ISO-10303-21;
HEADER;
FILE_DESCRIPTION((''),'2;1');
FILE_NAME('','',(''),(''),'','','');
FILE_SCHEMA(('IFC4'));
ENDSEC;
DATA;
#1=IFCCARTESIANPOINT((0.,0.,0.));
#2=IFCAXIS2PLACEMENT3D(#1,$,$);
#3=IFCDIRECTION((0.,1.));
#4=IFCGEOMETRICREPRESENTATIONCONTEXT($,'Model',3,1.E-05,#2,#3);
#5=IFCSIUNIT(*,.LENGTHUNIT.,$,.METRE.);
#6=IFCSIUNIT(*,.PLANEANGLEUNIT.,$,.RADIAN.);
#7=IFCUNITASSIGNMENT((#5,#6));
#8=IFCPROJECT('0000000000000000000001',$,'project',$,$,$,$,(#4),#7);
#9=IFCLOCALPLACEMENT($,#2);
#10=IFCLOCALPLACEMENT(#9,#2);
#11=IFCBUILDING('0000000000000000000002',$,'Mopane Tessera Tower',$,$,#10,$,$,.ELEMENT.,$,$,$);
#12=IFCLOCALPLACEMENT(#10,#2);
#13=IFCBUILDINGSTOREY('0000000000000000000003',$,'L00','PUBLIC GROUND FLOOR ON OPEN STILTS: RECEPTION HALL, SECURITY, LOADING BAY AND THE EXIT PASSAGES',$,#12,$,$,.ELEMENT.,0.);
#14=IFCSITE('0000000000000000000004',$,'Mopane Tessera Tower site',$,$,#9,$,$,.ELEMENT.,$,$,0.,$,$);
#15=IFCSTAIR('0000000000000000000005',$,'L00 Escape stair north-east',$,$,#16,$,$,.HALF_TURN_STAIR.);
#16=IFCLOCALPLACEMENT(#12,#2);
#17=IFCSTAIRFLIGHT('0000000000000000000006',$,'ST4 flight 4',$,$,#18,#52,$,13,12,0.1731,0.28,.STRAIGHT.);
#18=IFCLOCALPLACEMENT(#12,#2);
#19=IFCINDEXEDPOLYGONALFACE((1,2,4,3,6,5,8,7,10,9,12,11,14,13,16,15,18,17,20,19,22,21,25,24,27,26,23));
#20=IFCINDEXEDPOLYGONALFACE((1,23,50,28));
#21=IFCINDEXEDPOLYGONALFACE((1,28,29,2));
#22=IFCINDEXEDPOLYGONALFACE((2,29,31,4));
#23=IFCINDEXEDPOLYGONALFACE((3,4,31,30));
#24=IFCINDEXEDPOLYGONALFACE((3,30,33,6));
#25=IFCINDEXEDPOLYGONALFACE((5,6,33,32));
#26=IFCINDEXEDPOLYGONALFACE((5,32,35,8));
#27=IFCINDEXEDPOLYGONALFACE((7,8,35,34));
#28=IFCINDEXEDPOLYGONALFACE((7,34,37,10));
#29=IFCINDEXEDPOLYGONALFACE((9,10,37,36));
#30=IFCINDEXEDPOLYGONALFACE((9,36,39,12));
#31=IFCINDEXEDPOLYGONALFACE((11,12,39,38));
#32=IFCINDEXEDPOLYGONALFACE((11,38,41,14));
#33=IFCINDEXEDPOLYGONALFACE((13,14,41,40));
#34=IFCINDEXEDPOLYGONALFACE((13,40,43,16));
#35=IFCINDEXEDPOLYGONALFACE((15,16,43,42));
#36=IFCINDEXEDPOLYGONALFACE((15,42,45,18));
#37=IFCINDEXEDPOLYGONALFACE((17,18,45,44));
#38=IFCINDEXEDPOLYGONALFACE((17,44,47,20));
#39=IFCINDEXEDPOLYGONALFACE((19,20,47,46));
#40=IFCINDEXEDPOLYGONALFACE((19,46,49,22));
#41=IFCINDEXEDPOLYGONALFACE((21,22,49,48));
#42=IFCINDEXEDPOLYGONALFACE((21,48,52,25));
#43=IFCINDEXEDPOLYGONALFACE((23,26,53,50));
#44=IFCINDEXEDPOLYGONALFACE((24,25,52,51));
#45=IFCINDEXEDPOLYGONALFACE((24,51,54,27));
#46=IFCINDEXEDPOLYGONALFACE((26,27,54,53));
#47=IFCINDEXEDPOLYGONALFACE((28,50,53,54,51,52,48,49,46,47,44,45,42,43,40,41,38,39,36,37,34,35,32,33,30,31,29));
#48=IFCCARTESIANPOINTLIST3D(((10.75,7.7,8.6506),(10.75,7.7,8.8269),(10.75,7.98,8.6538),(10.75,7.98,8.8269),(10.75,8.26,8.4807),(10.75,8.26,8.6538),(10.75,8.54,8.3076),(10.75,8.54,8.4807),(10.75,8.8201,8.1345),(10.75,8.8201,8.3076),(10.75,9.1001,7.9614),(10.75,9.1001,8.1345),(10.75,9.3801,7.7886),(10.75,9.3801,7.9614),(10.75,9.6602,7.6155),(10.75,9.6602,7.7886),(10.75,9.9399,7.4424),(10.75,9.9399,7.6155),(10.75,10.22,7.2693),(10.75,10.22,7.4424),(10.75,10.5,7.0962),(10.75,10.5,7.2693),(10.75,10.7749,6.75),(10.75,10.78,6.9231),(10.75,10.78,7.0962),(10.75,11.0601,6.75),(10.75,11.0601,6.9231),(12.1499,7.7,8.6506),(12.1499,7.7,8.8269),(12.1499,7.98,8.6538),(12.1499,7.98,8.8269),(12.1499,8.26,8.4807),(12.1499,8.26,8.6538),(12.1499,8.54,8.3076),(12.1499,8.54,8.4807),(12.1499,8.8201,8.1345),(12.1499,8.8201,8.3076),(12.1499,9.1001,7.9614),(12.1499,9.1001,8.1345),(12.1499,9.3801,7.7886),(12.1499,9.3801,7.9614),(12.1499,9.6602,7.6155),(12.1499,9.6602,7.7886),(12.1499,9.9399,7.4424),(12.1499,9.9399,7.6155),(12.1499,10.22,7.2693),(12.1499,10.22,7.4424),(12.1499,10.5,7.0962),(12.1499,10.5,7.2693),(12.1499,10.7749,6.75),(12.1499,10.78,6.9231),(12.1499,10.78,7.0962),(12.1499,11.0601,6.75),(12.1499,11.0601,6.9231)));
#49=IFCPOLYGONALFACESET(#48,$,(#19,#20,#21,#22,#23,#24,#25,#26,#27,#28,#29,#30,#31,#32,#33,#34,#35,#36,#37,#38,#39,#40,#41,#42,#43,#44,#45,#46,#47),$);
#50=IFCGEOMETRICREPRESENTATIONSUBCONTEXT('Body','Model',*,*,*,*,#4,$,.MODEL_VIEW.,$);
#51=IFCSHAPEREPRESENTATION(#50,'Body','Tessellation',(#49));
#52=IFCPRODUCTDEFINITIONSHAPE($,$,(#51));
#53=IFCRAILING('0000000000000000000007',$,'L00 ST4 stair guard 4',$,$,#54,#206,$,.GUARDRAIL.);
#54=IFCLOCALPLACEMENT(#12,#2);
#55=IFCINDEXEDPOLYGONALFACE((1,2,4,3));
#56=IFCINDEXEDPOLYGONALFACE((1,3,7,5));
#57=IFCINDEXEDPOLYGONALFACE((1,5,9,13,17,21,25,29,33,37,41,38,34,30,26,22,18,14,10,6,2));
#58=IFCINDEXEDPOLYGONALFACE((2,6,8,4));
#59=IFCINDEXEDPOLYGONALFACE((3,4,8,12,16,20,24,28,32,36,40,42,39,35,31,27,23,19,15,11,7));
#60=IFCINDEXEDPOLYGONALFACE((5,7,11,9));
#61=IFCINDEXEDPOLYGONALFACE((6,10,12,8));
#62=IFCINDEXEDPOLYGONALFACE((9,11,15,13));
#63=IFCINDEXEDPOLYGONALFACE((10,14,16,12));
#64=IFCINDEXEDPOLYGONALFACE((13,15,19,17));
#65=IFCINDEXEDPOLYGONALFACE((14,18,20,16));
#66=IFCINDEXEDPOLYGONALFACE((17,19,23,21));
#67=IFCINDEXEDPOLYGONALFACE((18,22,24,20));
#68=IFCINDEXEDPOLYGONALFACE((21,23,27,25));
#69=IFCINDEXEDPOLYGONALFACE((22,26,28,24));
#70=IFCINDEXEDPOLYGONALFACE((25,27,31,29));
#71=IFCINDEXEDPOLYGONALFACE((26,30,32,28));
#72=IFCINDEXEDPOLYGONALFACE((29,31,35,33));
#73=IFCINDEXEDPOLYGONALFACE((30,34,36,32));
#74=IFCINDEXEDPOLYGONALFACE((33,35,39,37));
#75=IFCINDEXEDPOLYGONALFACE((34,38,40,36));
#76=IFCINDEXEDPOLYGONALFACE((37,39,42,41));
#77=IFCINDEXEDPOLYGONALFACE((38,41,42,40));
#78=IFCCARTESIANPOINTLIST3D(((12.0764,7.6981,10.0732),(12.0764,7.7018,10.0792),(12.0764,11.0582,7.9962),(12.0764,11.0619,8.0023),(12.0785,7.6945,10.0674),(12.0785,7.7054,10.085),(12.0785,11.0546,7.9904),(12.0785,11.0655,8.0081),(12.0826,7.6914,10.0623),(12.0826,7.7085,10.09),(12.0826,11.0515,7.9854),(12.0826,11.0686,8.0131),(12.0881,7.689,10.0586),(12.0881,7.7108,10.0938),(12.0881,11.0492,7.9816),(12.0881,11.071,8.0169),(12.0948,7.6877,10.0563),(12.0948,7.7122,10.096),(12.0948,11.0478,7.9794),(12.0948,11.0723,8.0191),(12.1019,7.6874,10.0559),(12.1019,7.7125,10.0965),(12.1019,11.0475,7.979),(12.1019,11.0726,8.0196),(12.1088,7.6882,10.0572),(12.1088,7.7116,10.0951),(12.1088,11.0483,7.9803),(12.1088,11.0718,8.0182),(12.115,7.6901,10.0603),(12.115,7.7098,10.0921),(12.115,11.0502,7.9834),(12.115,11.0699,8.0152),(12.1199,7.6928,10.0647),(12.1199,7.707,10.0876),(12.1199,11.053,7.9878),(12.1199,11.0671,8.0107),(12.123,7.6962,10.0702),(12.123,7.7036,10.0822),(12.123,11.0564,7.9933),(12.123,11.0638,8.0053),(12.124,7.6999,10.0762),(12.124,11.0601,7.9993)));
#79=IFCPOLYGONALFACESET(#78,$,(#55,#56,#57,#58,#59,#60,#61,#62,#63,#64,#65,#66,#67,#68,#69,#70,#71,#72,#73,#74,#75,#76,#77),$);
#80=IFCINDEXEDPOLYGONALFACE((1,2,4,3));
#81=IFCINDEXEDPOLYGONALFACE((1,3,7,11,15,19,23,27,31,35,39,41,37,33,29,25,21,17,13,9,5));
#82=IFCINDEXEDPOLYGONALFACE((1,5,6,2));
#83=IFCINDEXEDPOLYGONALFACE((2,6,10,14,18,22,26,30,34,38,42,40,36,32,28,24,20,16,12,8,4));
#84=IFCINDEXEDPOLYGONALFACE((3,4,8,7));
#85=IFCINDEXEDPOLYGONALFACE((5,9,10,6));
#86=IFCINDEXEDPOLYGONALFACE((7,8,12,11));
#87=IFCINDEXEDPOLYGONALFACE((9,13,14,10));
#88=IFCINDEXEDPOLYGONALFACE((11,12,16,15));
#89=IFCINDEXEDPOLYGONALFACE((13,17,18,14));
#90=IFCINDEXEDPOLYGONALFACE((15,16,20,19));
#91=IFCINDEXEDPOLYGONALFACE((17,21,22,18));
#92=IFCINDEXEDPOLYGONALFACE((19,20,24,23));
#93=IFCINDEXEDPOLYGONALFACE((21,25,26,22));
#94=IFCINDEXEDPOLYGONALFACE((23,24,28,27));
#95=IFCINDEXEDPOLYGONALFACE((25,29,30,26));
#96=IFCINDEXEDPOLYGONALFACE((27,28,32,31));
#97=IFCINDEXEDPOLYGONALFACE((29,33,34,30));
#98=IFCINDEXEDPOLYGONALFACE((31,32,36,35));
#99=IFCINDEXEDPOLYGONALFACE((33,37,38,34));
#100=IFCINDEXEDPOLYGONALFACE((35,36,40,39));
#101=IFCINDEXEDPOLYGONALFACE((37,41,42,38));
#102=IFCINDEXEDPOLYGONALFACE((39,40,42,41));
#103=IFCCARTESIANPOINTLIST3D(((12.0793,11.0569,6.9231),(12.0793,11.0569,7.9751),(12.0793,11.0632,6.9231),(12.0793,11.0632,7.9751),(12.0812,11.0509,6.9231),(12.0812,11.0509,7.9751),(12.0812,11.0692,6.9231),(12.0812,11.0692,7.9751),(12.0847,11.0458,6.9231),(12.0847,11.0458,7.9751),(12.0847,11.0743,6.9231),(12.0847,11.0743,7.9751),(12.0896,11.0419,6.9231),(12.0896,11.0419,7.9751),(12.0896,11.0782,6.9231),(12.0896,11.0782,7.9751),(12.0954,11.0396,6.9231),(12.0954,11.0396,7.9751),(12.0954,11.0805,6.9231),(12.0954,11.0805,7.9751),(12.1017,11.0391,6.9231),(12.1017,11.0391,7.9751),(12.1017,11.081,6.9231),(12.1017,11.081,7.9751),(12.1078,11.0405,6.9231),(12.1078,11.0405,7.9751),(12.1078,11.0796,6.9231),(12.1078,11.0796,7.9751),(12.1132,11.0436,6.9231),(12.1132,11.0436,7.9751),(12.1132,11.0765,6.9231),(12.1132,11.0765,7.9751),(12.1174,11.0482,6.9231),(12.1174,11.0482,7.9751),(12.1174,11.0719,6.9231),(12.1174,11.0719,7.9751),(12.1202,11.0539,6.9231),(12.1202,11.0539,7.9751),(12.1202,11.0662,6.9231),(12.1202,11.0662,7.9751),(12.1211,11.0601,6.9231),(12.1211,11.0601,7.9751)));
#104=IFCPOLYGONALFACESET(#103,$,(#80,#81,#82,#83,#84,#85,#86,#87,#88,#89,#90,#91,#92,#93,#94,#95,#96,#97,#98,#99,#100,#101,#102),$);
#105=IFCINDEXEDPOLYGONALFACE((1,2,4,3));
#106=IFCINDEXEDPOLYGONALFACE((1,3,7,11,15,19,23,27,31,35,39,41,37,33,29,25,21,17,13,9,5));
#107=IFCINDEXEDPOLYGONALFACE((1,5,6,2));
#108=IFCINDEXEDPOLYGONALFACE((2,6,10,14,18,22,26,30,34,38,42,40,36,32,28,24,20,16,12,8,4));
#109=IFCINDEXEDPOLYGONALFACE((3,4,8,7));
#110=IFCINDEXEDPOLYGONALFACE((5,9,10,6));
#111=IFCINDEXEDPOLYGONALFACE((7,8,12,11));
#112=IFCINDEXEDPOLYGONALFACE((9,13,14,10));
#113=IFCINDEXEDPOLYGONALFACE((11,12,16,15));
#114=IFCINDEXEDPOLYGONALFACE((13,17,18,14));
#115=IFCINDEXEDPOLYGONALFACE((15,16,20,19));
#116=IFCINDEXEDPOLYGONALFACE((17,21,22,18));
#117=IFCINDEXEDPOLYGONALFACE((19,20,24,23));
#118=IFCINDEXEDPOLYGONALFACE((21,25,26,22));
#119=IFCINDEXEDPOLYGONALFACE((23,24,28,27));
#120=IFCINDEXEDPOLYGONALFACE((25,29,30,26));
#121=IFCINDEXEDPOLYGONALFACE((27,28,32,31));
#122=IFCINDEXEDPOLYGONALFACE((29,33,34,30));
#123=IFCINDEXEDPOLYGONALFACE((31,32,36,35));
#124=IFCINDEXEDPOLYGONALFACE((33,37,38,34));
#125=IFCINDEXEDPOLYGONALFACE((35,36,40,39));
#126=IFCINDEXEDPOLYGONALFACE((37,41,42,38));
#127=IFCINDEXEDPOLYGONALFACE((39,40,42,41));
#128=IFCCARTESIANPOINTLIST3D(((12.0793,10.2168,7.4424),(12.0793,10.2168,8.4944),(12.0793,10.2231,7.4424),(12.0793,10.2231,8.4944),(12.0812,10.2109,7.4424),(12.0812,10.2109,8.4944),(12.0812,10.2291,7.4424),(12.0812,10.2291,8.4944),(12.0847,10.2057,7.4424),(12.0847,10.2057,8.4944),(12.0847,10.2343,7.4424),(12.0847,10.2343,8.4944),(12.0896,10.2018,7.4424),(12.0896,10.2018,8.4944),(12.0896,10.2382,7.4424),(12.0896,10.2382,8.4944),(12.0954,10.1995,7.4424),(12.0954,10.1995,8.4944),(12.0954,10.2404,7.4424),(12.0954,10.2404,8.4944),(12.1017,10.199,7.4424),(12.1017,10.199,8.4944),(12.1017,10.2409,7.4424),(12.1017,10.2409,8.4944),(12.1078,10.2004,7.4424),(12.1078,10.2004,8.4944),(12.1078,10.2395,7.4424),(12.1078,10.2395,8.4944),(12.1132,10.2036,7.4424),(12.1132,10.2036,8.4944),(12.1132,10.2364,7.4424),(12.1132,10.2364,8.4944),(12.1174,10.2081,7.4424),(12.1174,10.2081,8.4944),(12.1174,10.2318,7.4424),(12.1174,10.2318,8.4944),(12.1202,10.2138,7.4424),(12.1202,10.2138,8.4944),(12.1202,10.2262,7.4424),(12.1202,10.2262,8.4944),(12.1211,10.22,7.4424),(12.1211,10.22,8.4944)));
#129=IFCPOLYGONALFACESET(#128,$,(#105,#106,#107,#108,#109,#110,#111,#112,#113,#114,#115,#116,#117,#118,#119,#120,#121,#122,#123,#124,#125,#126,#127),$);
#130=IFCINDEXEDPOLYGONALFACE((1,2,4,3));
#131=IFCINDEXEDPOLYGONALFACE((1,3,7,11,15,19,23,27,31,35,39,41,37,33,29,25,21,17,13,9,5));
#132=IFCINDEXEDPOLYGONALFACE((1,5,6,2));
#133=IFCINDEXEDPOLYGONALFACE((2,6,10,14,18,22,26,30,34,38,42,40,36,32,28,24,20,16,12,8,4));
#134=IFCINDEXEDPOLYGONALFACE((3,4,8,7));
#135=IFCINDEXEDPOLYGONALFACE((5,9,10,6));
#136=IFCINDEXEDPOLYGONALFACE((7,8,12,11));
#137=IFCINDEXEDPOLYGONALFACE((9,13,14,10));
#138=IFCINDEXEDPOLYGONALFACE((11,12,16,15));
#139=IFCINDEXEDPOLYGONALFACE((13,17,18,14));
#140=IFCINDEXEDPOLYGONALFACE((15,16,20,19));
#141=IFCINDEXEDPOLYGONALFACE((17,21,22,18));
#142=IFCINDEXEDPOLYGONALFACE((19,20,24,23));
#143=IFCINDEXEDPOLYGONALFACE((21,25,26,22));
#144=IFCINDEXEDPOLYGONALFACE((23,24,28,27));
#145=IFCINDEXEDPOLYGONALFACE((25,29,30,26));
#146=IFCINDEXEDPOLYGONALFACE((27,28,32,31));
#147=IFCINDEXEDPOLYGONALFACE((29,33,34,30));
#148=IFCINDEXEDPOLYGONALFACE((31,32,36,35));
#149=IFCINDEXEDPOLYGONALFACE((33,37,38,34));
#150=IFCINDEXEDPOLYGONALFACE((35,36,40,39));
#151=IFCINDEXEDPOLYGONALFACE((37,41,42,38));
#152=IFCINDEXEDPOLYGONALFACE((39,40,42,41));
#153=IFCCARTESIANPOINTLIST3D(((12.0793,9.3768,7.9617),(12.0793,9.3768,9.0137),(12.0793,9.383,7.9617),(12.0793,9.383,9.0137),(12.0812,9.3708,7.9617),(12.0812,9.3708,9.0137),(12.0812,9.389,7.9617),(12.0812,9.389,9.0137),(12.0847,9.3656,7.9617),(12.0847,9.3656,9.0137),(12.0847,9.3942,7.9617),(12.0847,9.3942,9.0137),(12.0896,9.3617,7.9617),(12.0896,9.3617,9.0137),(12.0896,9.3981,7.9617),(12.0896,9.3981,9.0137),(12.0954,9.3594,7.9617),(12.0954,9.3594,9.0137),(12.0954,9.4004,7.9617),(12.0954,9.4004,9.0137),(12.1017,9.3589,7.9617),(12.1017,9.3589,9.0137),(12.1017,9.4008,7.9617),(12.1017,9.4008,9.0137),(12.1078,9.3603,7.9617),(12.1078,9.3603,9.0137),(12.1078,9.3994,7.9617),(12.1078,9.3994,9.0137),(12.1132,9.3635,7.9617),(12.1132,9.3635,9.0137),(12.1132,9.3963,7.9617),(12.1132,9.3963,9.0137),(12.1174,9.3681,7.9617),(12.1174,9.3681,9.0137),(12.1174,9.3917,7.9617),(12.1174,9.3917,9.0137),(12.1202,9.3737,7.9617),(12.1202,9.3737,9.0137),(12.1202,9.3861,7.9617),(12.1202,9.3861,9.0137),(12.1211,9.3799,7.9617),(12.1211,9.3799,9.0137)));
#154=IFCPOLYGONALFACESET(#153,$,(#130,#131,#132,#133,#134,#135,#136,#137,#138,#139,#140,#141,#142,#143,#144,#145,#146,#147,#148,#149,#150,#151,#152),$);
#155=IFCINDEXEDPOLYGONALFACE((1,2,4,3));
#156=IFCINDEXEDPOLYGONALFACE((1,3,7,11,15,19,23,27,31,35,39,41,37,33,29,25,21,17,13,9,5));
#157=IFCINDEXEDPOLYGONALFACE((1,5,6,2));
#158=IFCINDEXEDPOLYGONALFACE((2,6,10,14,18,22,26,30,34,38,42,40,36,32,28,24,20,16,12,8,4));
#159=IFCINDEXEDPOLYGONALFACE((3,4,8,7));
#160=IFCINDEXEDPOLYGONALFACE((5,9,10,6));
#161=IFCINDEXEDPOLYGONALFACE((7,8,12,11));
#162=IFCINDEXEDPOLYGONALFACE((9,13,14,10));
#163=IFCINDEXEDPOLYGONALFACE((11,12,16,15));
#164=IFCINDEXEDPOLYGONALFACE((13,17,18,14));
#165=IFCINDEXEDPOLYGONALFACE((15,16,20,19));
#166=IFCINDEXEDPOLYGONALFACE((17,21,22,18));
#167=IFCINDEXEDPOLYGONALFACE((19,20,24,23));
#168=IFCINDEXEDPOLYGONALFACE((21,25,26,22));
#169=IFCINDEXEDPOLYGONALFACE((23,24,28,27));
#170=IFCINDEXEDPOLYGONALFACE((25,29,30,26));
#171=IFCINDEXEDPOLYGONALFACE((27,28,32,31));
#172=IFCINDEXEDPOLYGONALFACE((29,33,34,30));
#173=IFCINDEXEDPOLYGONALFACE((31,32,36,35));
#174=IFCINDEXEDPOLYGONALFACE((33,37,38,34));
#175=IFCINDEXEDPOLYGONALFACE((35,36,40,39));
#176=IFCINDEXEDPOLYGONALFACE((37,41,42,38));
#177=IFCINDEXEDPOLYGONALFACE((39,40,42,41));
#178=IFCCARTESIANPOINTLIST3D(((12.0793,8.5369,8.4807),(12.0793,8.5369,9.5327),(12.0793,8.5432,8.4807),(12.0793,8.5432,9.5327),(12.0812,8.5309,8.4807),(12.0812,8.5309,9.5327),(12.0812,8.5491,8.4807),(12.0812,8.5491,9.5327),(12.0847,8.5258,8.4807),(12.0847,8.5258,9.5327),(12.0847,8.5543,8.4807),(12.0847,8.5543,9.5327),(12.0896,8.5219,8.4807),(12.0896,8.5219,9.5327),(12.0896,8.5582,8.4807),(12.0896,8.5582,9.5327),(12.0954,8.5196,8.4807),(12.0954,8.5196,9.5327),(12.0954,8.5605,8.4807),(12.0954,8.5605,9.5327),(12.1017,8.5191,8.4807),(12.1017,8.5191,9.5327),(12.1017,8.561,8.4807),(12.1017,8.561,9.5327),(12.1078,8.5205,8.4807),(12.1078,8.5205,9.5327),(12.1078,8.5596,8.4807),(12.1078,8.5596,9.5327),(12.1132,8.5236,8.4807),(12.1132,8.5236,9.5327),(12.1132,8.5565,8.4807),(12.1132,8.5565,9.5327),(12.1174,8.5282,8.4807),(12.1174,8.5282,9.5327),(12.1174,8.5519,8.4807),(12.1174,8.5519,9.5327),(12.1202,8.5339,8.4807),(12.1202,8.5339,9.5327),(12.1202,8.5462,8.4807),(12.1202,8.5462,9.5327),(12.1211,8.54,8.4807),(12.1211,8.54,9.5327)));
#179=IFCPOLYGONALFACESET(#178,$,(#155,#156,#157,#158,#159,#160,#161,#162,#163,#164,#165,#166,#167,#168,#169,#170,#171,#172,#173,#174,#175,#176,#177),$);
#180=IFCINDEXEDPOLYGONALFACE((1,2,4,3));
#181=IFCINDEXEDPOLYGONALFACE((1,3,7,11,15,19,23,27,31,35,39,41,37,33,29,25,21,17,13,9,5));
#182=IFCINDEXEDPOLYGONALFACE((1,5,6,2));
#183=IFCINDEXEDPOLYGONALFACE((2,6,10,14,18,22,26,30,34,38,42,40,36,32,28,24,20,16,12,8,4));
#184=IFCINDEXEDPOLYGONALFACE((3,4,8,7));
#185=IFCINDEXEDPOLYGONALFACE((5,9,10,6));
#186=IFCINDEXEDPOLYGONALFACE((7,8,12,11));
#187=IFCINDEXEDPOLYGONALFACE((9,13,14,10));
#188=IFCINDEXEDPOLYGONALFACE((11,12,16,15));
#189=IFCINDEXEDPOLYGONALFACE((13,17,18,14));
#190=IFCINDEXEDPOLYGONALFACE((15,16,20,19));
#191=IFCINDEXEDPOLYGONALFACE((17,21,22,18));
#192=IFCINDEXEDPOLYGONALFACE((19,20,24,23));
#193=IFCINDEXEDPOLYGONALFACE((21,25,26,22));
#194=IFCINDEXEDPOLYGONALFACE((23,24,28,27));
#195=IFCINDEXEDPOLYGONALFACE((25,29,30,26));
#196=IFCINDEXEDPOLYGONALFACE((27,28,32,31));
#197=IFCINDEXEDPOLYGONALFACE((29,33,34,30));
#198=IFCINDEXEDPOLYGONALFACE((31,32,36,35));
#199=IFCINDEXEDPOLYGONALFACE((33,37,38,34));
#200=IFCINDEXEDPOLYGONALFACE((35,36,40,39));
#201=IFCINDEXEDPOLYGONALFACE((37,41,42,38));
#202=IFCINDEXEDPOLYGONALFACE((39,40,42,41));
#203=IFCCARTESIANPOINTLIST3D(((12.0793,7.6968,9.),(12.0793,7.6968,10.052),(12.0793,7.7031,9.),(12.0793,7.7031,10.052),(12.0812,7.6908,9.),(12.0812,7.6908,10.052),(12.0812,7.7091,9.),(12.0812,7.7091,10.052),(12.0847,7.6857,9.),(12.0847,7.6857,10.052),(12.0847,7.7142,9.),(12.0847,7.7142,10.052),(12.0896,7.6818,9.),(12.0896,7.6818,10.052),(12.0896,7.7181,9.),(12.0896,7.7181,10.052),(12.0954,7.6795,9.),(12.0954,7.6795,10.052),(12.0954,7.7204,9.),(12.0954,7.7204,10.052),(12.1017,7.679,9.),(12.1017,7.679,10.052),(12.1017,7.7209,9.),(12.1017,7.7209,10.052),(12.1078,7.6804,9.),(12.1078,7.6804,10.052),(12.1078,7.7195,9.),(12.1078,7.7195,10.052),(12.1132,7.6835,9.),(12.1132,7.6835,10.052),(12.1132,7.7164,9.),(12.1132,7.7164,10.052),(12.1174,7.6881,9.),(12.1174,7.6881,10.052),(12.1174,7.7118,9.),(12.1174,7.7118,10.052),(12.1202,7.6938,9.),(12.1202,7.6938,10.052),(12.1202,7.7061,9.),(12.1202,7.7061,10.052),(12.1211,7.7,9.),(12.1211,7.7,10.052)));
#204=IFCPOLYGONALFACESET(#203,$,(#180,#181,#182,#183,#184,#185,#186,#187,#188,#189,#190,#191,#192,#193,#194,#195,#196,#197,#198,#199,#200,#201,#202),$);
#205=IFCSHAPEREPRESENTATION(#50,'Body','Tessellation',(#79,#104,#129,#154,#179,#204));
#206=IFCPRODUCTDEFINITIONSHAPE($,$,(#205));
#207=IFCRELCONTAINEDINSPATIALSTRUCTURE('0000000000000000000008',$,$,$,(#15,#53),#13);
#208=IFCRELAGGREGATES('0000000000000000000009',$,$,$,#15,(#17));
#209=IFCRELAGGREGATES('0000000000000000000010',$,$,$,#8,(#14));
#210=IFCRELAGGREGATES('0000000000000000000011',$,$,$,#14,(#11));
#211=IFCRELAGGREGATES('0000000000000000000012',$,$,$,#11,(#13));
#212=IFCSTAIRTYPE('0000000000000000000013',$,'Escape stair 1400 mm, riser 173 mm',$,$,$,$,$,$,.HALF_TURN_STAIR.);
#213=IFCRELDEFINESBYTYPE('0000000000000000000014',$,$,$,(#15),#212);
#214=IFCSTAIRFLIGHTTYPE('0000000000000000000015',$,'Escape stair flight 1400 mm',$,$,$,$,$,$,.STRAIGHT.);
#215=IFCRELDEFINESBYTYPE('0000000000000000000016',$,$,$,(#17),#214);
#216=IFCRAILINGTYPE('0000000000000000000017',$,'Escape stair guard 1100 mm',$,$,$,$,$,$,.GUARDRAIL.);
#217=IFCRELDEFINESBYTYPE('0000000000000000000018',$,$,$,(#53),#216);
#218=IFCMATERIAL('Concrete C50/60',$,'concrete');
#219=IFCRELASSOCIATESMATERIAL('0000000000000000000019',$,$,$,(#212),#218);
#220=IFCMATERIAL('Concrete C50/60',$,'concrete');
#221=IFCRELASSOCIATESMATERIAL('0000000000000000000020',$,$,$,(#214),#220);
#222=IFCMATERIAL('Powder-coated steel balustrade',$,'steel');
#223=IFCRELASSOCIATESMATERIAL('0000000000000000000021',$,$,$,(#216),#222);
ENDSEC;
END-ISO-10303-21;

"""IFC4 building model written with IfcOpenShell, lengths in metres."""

from ifc_helpers import new_model, si_unit, direction, frame, origin, origin_2d, place, context, subcontext, project, spatial, polyline, circle, outline, extrude, material, type_object, element, aggregate, save


model = new_model("IFC4")

# Units and contexts
model_context = context("Model", 3, precision=1e-05, world=origin(), true_north=direction((0.0, 1.0)))
body_context = subcontext(model_context, "Body", "Model", "MODEL_VIEW")
ifc_project = project(units=[si_unit("LENGTHUNIT", "METRE"), si_unit("PLANEANGLEUNIT", "RADIAN")], contexts=[model_context])

# Site, building, storey
site_placement = place(None, origin())
site = spatial("IfcSite", under=ifc_project, at=site_placement, Name="Mopane Tessera Tower site", CompositionType="ELEMENT", RefElevation=0.0)
building_placement = place(site_placement, origin())
building = spatial("IfcBuilding", under=site, at=building_placement, Name="Mopane Tessera Tower", CompositionType="ELEMENT")
storey_placement = place(building_placement, origin())
storey = spatial("IfcBuildingStorey", under=building, at=storey_placement, Name="L00", Description="PUBLIC GROUND FLOOR ON OPEN STILTS: RECEPTION HALL, SECURITY, LOADING BAY AND THE EXIT PASSAGES", CompositionType="ELEMENT", Elevation=0.0)

# Stair, stair flight
ifc_material_1 = material(Name="Concrete C50/60", Category="concrete")
stair_type = type_object("IfcStairType", Name="Escape stair 1400 mm, riser 173 mm", PredefinedType="HALF_TURN_STAIR", material=ifc_material_1)
stair_placement = place(storey_placement, origin())
stair = element("IfcStair", 1, at=stair_placement, inside=storey, type_object=stair_type, Name="L00 Escape stair north-east", PredefinedType="HALF_TURN_STAIR")
ifc_material_2 = material(Name="Concrete C50/60", Category="concrete")
stair_flight_type = type_object("IfcStairFlightType", Name="Escape stair flight 1400 mm", PredefinedType="STRAIGHT", material=ifc_material_2)
stair_flight_1_placement = place(storey_placement, frame((11.45, 11.0601, 6.75), z_axis=(0.0, 0.0, 1.0), x_axis=(0.0, -1.0, 0.0)))
stair_flight_1 = element("IfcStairFlight", 2, at=stair_flight_1_placement, type_object=stair_flight_type, Name="ST4 flight 4", NumberOfRisers=13, NumberOfTreads=12, PredefinedType="STRAIGHT", RiserHeight=0.1731, TreadLength=0.28, context=body_context, shape_type="SweptSolid", body=[
    extrude(outline(polyline([(0.0, 0.0), (0.0, 0.1731), (0.28, 0.1731), (0.28, 0.3462), (0.5601, 0.3462), (0.5601, 0.5193), (0.8401, 0.5193), (0.8401, 0.6924), (1.1201, 0.6924), (1.1201, 0.8655), (1.3999, 0.8655), (1.3999, 1.0386), (1.6799, 1.0386), (1.6799, 1.2114), (1.96, 1.2114), (1.96, 1.3845), (2.24, 1.3845), (2.24, 1.5576), (2.52, 1.5576), (2.52, 1.7307), (2.8, 1.7307), (2.8, 1.9038), (3.0801, 1.9038), (3.0801, 2.0769), (3.3601, 2.0769), (3.3601, 2.25), (3.3601, 1.9006), (0.2852, 0.0), (0.0, 0.0)])), frame((0.0, 0.7, 0.0), z_axis=(0.0, -1.0, 0.0), x_axis=(1.0, 0.0, 0.0)), (0.0, 0.0, 1.0), 1.3999),
])
aggregate(stair, [stair_flight_1])

# Railing
ifc_material_3 = material(Name="Powder-coated steel balustrade", Category="steel")
railing_type_1 = type_object("IfcRailingType", Name="Escape stair guard 1100 mm", PredefinedType="GUARDRAIL", material=ifc_material_3)
railing_1_placement = place(storey_placement, frame((12.1001, 11.0601, 6.9231)))
element("IfcRailing", 3, at=railing_1_placement, inside=storey, type_object=railing_type_1, Name="L00 ST4 stair guard 4", PredefinedType="GUARDRAIL", context=body_context, shape_type="SweptSolid", body=[
    extrude(circle(Radius=0.0239, at=origin_2d()), frame((0.0, 0.0, 1.0762), z_axis=(0.0, -0.850623, 0.525776), x_axis=(1.0, 0.0, 0.0)), (0.0, 0.0, 1.0), 3.9502),
    extrude(circle(Radius=0.021, at=origin_2d()), origin(), (0.0, 0.0, 1.0), 1.052),
    extrude(circle(Radius=0.021, at=origin_2d()), frame((0.0, -0.8401, 0.5193)), (0.0, 0.0, 1.0), 1.052),
    extrude(circle(Radius=0.021, at=origin_2d()), frame((0.0, -1.6802, 1.0386)), (0.0, 0.0, 1.0), 1.052),
    extrude(circle(Radius=0.021, at=origin_2d()), frame((0.0, -2.52, 1.5576)), (0.0, 0.0, 1.0), 1.052),
    extrude(circle(Radius=0.021, at=origin_2d()), frame((0.0, -3.3601, 2.0769)), (0.0, 0.0, 1.0), 1.052),
])

save(model, "model.ifc")
